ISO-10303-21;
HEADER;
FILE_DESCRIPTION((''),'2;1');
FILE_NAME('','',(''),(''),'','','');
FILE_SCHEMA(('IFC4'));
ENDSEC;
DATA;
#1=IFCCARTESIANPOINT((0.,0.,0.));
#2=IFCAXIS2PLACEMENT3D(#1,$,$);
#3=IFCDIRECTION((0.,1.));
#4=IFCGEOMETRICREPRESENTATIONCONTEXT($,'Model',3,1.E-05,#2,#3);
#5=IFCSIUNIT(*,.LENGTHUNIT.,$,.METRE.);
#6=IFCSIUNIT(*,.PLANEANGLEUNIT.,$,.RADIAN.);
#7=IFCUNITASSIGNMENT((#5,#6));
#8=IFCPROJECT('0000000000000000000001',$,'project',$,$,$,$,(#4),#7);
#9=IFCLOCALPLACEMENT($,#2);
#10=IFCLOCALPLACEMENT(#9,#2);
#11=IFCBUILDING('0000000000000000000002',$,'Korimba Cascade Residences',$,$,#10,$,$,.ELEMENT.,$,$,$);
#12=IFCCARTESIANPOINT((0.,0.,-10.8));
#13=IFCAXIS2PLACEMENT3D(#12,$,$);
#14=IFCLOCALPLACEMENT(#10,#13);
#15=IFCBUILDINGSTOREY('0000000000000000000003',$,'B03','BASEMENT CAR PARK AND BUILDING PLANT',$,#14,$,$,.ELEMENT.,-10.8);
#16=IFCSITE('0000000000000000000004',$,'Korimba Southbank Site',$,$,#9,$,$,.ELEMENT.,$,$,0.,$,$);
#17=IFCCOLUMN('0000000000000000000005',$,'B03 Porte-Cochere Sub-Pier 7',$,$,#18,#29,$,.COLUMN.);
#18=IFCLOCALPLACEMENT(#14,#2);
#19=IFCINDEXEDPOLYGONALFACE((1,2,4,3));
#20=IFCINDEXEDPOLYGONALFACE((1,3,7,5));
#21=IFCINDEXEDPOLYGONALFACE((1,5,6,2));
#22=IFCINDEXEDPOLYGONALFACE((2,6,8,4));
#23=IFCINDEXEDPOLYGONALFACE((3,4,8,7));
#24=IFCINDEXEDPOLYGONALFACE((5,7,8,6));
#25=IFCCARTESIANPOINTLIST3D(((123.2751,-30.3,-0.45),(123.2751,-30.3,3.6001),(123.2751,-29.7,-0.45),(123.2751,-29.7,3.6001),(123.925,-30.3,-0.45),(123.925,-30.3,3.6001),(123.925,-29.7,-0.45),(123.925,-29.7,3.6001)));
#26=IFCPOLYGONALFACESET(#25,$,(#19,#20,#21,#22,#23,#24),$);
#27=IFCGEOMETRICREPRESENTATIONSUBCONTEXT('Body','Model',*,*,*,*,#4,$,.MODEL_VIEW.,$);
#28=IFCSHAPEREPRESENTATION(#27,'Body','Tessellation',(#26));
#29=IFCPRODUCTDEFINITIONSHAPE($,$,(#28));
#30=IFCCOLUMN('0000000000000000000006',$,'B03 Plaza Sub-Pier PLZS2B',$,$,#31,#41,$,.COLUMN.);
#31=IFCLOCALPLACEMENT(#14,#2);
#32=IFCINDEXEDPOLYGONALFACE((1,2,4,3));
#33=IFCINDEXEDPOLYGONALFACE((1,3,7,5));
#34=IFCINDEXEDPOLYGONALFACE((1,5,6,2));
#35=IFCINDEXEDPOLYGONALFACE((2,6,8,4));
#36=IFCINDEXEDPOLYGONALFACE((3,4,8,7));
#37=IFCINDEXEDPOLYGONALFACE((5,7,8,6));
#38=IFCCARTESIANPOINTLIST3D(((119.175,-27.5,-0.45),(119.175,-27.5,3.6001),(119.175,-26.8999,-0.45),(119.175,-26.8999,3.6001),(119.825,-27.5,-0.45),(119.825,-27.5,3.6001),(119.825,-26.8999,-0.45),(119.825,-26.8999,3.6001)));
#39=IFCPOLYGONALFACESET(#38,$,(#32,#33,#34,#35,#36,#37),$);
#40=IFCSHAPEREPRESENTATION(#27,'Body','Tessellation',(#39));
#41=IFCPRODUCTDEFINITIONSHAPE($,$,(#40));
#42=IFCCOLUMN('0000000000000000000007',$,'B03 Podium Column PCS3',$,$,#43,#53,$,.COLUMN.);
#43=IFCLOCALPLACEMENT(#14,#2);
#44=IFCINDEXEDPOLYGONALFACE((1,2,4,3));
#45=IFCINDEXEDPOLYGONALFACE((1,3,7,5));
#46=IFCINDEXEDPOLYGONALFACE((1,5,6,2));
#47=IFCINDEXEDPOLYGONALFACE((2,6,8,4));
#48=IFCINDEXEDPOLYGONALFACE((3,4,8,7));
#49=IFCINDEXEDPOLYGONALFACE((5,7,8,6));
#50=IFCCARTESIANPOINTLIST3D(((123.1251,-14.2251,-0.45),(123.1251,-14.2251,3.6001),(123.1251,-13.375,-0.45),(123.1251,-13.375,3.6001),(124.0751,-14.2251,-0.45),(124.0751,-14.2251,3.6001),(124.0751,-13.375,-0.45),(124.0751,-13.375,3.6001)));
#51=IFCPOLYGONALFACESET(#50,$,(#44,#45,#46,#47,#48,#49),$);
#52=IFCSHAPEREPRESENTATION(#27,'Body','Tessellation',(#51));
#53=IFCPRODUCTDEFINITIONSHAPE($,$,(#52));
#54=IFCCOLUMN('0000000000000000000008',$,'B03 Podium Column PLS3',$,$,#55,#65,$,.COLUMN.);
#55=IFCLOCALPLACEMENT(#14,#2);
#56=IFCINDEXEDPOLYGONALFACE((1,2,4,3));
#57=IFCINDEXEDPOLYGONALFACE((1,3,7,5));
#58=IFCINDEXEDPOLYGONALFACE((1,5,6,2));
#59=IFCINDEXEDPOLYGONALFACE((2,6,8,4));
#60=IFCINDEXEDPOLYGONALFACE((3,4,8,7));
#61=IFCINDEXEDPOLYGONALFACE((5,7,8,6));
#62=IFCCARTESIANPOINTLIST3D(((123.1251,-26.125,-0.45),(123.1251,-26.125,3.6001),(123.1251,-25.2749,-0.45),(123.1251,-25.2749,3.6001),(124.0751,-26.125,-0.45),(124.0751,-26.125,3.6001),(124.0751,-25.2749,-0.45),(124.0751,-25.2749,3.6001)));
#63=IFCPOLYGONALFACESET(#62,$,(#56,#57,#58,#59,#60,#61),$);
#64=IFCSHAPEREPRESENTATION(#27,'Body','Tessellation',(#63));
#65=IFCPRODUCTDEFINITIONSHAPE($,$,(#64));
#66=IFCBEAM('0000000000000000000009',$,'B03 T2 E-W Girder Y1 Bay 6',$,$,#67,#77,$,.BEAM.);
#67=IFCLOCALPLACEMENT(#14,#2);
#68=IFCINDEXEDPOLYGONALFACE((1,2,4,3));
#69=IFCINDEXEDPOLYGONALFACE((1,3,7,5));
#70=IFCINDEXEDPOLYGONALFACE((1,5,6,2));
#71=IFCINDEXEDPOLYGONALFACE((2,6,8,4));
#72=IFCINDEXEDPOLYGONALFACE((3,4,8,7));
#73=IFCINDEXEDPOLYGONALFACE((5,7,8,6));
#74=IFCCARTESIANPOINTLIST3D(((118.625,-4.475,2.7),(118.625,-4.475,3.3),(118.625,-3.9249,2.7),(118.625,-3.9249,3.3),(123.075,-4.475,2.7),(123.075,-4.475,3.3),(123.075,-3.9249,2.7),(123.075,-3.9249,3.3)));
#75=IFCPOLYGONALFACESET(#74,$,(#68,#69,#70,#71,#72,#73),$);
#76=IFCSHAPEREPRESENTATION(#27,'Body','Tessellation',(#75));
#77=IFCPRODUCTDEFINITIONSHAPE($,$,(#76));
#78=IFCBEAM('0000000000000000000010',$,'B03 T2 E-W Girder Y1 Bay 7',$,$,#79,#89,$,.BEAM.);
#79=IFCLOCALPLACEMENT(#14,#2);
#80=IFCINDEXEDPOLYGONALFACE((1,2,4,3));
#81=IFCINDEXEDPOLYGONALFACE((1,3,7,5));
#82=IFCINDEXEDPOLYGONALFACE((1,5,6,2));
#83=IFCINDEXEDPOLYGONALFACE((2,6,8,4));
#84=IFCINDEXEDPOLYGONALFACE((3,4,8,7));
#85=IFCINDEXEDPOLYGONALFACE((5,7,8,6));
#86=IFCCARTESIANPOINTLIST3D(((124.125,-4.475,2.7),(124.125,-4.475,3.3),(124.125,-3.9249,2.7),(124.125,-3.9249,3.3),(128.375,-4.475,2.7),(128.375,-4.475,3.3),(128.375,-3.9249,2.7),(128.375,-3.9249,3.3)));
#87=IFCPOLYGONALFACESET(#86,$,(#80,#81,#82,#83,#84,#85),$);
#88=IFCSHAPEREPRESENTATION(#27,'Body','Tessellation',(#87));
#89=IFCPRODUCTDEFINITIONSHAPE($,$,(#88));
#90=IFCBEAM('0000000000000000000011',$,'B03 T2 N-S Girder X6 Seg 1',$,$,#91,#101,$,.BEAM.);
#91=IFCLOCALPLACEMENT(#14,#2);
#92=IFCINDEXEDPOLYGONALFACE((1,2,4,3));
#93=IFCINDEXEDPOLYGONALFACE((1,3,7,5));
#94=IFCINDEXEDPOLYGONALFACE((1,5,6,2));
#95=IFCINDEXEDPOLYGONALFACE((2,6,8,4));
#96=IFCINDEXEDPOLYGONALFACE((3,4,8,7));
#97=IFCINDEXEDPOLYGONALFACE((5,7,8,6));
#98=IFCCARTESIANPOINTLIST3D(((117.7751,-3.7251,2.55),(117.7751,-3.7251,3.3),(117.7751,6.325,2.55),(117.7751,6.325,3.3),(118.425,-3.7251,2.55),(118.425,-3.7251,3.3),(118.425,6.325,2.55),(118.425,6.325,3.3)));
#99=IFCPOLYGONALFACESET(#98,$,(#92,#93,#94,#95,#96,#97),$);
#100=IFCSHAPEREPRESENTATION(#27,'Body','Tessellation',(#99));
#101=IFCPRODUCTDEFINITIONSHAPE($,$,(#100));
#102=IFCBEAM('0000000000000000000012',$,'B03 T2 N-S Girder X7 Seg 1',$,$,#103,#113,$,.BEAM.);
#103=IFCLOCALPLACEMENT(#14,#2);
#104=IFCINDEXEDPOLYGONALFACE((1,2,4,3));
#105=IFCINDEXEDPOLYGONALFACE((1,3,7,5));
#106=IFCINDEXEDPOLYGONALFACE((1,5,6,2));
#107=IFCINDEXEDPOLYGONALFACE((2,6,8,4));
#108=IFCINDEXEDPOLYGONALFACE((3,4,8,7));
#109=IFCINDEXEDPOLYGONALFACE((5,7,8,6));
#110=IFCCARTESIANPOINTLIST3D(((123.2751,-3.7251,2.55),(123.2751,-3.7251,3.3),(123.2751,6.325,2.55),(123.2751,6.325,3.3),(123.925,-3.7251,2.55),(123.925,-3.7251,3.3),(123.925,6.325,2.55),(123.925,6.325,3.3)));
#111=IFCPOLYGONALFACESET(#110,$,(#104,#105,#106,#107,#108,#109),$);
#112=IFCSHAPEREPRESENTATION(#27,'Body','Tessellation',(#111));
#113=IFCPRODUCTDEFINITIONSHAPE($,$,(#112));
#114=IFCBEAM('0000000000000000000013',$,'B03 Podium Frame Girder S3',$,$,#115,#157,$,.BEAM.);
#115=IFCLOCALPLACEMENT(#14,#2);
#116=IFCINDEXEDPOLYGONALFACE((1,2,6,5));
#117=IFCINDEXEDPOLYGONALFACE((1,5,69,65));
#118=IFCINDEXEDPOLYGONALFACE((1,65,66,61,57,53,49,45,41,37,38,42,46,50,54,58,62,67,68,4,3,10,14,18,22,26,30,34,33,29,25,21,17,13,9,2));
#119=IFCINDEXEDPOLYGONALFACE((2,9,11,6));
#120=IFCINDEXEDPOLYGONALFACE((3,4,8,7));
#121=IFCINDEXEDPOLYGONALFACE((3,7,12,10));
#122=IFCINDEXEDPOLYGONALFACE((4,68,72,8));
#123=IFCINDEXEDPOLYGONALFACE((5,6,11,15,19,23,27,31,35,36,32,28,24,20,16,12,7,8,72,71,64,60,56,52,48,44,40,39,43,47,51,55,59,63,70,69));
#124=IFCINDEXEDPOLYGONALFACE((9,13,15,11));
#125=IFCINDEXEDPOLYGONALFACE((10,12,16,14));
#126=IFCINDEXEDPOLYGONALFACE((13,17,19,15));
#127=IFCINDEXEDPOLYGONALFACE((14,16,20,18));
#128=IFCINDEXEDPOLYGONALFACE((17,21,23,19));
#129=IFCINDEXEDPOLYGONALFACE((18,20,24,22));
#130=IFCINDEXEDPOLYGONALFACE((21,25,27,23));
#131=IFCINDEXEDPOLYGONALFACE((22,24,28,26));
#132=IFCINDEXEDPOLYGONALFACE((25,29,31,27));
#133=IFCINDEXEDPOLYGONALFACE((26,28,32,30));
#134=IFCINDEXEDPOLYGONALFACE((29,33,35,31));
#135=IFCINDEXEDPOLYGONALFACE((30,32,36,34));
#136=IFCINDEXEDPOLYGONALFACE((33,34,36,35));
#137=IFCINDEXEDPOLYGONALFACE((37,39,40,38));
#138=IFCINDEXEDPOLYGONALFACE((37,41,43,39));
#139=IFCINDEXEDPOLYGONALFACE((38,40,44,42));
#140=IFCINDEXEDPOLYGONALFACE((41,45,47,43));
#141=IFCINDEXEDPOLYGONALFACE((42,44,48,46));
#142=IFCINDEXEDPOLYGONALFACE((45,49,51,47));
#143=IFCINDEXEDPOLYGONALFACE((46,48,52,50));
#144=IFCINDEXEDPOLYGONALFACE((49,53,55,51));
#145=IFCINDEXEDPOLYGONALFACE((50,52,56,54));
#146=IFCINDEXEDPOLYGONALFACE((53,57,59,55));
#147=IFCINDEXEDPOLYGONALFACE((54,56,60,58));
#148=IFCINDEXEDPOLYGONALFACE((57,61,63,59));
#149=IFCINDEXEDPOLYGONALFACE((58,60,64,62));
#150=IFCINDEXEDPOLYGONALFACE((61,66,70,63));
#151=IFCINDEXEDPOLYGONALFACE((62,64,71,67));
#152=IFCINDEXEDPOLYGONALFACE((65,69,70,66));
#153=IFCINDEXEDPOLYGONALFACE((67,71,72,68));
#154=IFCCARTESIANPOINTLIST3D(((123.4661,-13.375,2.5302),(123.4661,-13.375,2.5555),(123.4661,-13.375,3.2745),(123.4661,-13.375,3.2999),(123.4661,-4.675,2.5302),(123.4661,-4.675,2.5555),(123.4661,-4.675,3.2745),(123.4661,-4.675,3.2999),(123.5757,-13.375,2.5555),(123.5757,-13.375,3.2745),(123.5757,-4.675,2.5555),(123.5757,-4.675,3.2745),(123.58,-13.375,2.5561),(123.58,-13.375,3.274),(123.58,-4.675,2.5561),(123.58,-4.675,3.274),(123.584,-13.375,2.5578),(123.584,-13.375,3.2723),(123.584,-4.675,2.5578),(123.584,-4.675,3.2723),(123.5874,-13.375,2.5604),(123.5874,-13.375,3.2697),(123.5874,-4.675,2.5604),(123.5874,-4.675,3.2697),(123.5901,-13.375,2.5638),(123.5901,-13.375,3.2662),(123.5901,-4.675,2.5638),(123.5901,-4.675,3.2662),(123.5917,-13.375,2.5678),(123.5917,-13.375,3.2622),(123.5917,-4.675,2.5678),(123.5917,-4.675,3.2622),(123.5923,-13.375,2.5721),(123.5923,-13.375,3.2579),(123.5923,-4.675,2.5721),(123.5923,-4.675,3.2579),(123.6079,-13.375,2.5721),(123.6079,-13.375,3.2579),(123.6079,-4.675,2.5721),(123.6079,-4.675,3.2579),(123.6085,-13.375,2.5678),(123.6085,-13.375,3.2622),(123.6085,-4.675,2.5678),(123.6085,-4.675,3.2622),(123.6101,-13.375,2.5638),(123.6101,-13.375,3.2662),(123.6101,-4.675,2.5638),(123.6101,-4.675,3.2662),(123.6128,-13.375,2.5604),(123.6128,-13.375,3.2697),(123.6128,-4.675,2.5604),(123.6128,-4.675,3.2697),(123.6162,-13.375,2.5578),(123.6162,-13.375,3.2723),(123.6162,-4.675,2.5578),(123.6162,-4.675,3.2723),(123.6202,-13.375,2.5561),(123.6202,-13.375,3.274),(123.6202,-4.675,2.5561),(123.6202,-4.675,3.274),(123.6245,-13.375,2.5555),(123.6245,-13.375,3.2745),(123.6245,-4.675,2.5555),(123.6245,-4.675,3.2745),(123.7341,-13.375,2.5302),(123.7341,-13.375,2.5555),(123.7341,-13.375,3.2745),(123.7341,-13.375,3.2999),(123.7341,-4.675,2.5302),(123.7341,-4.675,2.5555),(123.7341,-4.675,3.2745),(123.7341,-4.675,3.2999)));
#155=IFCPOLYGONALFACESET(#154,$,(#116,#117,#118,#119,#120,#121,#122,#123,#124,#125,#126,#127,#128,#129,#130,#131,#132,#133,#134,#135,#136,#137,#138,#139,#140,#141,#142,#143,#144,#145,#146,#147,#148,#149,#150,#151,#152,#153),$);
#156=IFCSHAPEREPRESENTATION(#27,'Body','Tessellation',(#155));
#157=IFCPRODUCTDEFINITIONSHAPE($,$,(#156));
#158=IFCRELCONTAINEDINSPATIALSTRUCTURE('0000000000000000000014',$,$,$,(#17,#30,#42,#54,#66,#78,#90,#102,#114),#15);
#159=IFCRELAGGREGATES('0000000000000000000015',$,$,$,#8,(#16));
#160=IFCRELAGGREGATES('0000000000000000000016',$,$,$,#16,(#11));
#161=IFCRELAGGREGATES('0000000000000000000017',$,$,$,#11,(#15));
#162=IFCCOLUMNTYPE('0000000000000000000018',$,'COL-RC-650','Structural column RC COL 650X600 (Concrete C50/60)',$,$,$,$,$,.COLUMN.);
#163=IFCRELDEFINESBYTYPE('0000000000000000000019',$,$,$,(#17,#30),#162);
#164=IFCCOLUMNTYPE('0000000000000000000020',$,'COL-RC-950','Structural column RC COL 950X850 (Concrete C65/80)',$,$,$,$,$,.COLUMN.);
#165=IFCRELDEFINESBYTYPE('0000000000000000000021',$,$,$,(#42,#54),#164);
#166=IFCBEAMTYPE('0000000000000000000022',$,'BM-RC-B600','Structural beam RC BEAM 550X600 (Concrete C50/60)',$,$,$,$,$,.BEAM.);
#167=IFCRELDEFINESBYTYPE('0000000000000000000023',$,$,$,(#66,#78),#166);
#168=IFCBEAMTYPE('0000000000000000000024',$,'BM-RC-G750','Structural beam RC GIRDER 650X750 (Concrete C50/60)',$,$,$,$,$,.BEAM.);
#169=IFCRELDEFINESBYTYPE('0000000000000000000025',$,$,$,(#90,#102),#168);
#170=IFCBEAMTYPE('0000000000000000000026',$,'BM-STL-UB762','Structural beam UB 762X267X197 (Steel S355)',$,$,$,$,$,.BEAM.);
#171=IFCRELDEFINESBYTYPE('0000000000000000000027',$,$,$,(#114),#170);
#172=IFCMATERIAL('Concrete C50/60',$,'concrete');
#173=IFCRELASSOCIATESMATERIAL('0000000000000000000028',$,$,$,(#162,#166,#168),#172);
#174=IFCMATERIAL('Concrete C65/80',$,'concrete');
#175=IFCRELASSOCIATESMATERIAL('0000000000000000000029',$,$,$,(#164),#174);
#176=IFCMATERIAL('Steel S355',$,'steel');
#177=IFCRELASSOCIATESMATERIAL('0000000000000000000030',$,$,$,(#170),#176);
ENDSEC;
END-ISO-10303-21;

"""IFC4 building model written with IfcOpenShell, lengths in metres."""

from ifc_helpers import new_model, si_unit, direction, frame, origin, origin_2d, place, context, subcontext, project, spatial, rectangle, i_section, extrude, material, material_profile, profile_set, type_object, element, save


model = new_model("IFC4")

# Units and contexts
model_context = context("Model", 3, precision=1e-05, world=origin(), true_north=direction((0.0, 1.0)))
body_context = subcontext(model_context, "Body", "Model", "MODEL_VIEW")
ifc_project = project(units=[si_unit("LENGTHUNIT", "METRE"), si_unit("PLANEANGLEUNIT", "RADIAN")], contexts=[model_context])

# Site, building, storey
site_placement = place(None, origin())
site = spatial("IfcSite", under=ifc_project, at=site_placement, Name="Korimba Southbank Site", CompositionType="ELEMENT", RefElevation=0.0)
building_placement = place(site_placement, origin())
building = spatial("IfcBuilding", under=site, at=building_placement, Name="Korimba Cascade Residences", CompositionType="ELEMENT")
storey_placement = place(building_placement, frame((0.0, 0.0, -10.8)))
storey = spatial("IfcBuildingStorey", under=building, at=storey_placement, Name="B03", Description="BASEMENT CAR PARK AND BUILDING PLANT", CompositionType="ELEMENT", Elevation=-10.8)

# Shared definitions
ifc_material_1 = material(Name="Concrete C50/60", Category="concrete")

# Columns
ifc_material_profile_1 = material_profile(ifc_material_1, rectangle(XDim=0.6499, YDim=0.6001, at=origin_2d()), Name="Concrete C50/60")
ifc_profile_set_1 = profile_set([ifc_material_profile_1], Name="Concrete C50/60")
column_type_1 = type_object("IfcColumnType", Name="COL-RC-650", Description="Structural column RC COL 650X600 (Concrete C50/60)", PredefinedType="COLUMN", material=ifc_profile_set_1)
for number, where, z_axis, x_axis, name in (
    (1, (123.6001, -30.0, -0.45), (0.0, 0.0, 1.0), (1.0, 0.0, 0.0), "B03 Porte-Cochere Sub-Pier 7"),
    (2, (119.5, -27.2, -0.45), (0.0, 0.0, 1.0), (1.0, 0.0, 0.0), "B03 Plaza Sub-Pier PLZS2B"),
):
    element("IfcColumn", number, at=place(storey_placement, frame(where, z_axis=z_axis, x_axis=x_axis)), inside=storey, type_object=column_type_1, Name=name, PredefinedType="COLUMN", context=body_context, shape_type="SweptSolid", body=[
        extrude(rectangle(XDim=0.6499, YDim=0.6001, at=origin_2d()), origin(), (0.0, 0.0, 1.0), 4.05),
    ])
ifc_material_2 = material(Name="Concrete C65/80", Category="concrete")
ifc_material_profile_2 = material_profile(ifc_material_2, rectangle(XDim=0.95, YDim=0.8501, at=origin_2d()), Name="Concrete C65/80")
ifc_profile_set_2 = profile_set([ifc_material_profile_2], Name="Concrete C65/80")
column_type_2 = type_object("IfcColumnType", Name="COL-RC-950", Description="Structural column RC COL 950X850 (Concrete C65/80)", PredefinedType="COLUMN", material=ifc_profile_set_2)
for number, where, z_axis, x_axis, name in (
    (3, (123.6001, -13.8, -0.45), (0.0, 0.0, 1.0), (1.0, 0.0, 0.0), "B03 Podium Column PCS3"),
    (4, (123.6001, -25.7, -0.45), (0.0, 0.0, 1.0), (1.0, 0.0, 0.0), "B03 Podium Column PLS3"),
):
    element("IfcColumn", number, at=place(storey_placement, frame(where, z_axis=z_axis, x_axis=x_axis)), inside=storey, type_object=column_type_2, Name=name, PredefinedType="COLUMN", context=body_context, shape_type="SweptSolid", body=[
        extrude(rectangle(XDim=0.95, YDim=0.8501, at=origin_2d()), origin(), (0.0, 0.0, 1.0), 4.05),
    ])

# Beams
ifc_material_profile_3 = material_profile(ifc_material_1, rectangle(XDim=0.55, YDim=0.6001, at=origin_2d()), Name="Concrete C50/60")
ifc_profile_set_3 = profile_set([ifc_material_profile_3], Name="Concrete C50/60")
beam_type_1 = type_object("IfcBeamType", Name="BM-RC-B600", Description="Structural beam RC BEAM 550X600 (Concrete C50/60)", PredefinedType="BEAM", material=ifc_profile_set_3)
beam_1_placement = place(storey_placement, frame((118.625, -4.2, 3.0), z_axis=(1.0, 0.0, 0.0), x_axis=(0.0, 1.0, 0.0)))
element("IfcBeam", 5, at=beam_1_placement, inside=storey, type_object=beam_type_1, Name="B03 T2 E-W Girder Y1 Bay 6", PredefinedType="BEAM", context=body_context, shape_type="SweptSolid", body=[
    extrude(rectangle(XDim=0.55, YDim=0.6001, at=origin_2d()), origin(), (0.0, 0.0, 1.0), 4.45),
])
beam_2_placement = place(storey_placement, frame((124.125, -4.2, 3.0), z_axis=(1.0, 0.0, 0.0), x_axis=(0.0, 1.0, 0.0)))
element("IfcBeam", 6, at=beam_2_placement, inside=storey, type_object=beam_type_1, Name="B03 T2 E-W Girder Y1 Bay 7", PredefinedType="BEAM", context=body_context, shape_type="SweptSolid", body=[
    extrude(rectangle(XDim=0.55, YDim=0.6001, at=origin_2d()), origin(), (0.0, 0.0, 1.0), 4.25),
])
ifc_material_profile_4 = material_profile(ifc_material_1, rectangle(XDim=0.6499, YDim=0.75, at=origin_2d()), Name="Concrete C50/60")
ifc_profile_set_4 = profile_set([ifc_material_profile_4], Name="Concrete C50/60")
beam_type_2 = type_object("IfcBeamType", Name="BM-RC-G750", Description="Structural beam RC GIRDER 650X750 (Concrete C50/60)", PredefinedType="BEAM", material=ifc_profile_set_4)
for number, where, z_axis, x_axis, name in (
    (7, (118.1001, -3.7251, 2.925), (0.0, 1.0, 0.0), (-1.0, 0.0, 0.0), "B03 T2 N-S Girder X6 Seg 1"),
    (8, (123.6001, -3.7251, 2.925), (0.0, 1.0, 0.0), (-1.0, 0.0, 0.0), "B03 T2 N-S Girder X7 Seg 1"),
):
    element("IfcBeam", number, at=place(storey_placement, frame(where, z_axis=z_axis, x_axis=x_axis)), inside=storey, type_object=beam_type_2, Name=name, PredefinedType="BEAM", context=body_context, shape_type="SweptSolid", body=[
        extrude(rectangle(XDim=0.6499, YDim=0.75, at=origin_2d()), origin(), (0.0, 0.0, 1.0), 10.05),
    ])
ifc_material_3 = material(Name="Steel S355", Category="steel")
ifc_material_profile_5 = material_profile(ifc_material_3, i_section(OverallWidth=0.2681, OverallDepth=0.7698, WebThickness=0.0156, FlangeThickness=0.0254, FilletRadius=0.0166, at=origin_2d()), Name="Steel S355")
ifc_profile_set_5 = profile_set([ifc_material_profile_5], Name="Steel S355")
beam_type_3 = type_object("IfcBeamType", Name="BM-STL-UB762", Description="Structural beam UB 762X267X197 (Steel S355)", PredefinedType="BEAM", material=ifc_profile_set_5)
beam_3_placement = place(storey_placement, frame((123.6001, -13.375, 2.915), z_axis=(0.0, 1.0, 0.0), x_axis=(-1.0, 0.0, 0.0)))
element("IfcBeam", 9, at=beam_3_placement, inside=storey, type_object=beam_type_3, Name="B03 Podium Frame Girder S3", PredefinedType="BEAM", context=body_context, shape_type="SweptSolid", body=[
    extrude(i_section(OverallWidth=0.2681, OverallDepth=0.7698, WebThickness=0.0156, FlangeThickness=0.0254, FilletRadius=0.0166, at=origin_2d()), origin(), (0.0, 0.0, 1.0), 8.7),
])

save(model, "model.ifc")
